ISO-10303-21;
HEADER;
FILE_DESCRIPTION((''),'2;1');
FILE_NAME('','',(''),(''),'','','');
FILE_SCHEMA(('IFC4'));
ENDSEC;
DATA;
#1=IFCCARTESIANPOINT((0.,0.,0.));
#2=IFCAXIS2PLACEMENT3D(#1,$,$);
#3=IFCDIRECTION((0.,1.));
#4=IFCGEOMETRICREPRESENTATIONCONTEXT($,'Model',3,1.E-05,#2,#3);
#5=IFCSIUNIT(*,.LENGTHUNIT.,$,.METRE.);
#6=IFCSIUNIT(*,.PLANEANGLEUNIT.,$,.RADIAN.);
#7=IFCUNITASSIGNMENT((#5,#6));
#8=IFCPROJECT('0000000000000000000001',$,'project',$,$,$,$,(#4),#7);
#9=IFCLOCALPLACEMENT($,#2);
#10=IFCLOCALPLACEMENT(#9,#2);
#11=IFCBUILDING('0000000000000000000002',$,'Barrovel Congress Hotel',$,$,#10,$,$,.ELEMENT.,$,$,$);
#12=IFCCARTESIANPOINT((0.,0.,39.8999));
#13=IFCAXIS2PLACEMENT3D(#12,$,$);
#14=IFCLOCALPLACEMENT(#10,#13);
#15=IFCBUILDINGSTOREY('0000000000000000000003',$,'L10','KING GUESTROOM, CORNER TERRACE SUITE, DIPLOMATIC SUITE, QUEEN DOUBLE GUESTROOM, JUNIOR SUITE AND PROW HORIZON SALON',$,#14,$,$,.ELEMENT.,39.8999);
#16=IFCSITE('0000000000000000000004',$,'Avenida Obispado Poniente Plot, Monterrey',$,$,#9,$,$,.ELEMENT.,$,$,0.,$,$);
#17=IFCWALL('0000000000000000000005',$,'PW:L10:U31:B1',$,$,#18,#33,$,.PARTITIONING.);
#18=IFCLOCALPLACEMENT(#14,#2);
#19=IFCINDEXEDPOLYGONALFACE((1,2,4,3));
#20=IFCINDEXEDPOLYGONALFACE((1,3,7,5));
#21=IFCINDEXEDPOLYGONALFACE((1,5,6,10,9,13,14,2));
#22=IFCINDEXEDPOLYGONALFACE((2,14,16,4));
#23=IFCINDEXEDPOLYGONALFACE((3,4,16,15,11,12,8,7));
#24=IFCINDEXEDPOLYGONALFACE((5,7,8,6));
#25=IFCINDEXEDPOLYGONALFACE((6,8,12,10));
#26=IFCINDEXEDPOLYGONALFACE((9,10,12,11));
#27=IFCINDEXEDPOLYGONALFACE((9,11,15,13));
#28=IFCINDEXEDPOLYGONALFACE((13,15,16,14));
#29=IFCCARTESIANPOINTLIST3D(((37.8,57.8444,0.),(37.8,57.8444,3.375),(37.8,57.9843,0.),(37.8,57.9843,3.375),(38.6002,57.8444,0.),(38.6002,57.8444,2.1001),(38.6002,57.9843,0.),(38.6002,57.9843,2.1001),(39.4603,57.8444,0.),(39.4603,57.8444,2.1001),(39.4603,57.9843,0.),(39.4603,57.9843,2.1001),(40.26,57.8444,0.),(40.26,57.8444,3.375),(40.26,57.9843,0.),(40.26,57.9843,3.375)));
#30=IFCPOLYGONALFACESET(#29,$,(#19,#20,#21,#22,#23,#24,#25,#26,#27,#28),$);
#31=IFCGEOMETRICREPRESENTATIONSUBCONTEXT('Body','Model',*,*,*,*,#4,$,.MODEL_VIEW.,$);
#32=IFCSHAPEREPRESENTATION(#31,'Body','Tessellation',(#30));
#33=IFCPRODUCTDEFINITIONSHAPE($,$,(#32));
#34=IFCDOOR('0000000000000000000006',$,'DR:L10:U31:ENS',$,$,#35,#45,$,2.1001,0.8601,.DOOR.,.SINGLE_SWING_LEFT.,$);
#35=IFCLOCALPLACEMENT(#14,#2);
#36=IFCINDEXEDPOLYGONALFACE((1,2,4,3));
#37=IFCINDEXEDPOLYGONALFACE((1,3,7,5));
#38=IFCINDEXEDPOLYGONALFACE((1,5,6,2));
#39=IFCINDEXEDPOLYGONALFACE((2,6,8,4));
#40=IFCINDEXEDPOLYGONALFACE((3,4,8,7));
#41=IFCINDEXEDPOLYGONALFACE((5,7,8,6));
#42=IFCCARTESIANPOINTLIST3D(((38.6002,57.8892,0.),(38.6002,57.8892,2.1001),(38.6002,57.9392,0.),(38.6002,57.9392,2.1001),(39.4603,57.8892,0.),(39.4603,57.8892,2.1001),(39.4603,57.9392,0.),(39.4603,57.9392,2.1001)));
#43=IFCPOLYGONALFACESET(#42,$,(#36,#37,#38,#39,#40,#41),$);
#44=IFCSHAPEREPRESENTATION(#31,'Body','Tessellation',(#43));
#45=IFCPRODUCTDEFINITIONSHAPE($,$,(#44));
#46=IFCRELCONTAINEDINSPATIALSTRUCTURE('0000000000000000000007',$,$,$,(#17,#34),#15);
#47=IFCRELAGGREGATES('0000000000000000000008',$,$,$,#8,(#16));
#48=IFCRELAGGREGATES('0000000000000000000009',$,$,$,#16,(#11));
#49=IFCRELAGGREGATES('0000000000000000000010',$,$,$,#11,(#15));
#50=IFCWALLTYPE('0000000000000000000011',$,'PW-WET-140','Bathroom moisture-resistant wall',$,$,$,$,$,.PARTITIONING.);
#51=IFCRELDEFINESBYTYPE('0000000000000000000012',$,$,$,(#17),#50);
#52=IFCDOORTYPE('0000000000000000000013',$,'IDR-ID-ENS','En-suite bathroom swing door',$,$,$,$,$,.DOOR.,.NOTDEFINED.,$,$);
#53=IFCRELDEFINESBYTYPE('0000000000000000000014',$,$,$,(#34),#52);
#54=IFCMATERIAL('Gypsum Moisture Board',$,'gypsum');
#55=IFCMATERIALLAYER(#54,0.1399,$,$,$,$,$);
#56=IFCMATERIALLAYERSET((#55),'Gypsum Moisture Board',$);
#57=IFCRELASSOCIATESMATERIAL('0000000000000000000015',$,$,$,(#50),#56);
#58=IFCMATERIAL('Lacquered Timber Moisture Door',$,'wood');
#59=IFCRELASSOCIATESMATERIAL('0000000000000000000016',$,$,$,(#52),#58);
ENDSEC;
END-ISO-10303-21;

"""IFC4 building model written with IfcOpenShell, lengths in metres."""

from ifc_helpers import new_model, si_unit, direction, frame, frame_2d, origin, place, context, subcontext, project, spatial, rectangle, extrude, material, layer, layer_set, type_object, element, fill, save


model = new_model("IFC4")

# Units and contexts
model_context = context("Model", 3, precision=1e-05, world=origin(), true_north=direction((0.0, 1.0)))
body_context = subcontext(model_context, "Body", "Model", "MODEL_VIEW")
ifc_project = project(units=[si_unit("LENGTHUNIT", "METRE"), si_unit("PLANEANGLEUNIT", "RADIAN")], contexts=[model_context])

# Site, building, storey
site_placement = place(None, origin())
site = spatial("IfcSite", under=ifc_project, at=site_placement, Name="Avenida Obispado Poniente Plot, Monterrey", CompositionType="ELEMENT", RefElevation=0.0)
building_placement = place(site_placement, origin())
building = spatial("IfcBuilding", under=site, at=building_placement, Name="Barrovel Congress Hotel", CompositionType="ELEMENT")
storey_placement = place(building_placement, frame((0.0, 0.0, 39.8999)))
storey = spatial("IfcBuildingStorey", under=building, at=storey_placement, Name="L10", Description="KING GUESTROOM, CORNER TERRACE SUITE, DIPLOMATIC SUITE, QUEEN DOUBLE GUESTROOM, JUNIOR SUITE AND PROW HORIZON SALON", CompositionType="ELEMENT", Elevation=39.8999)

# Wall, opening, door
ifc_material_1 = material(Name="Gypsum Moisture Board", Category="gypsum")
ifc_layer_1 = layer(ifc_material_1, 0.1399)
ifc_layer_set_1 = layer_set([ifc_layer_1], Name="Gypsum Moisture Board")
wall_type_1 = type_object("IfcWallType", Name="PW-WET-140", Description="Bathroom moisture-resistant wall", PredefinedType="PARTITIONING", material=ifc_layer_set_1)
wall_1_placement = place(storey_placement, frame((37.8, 57.9143, 0.0), z_axis=(0.0, 0.0, 1.0), x_axis=(1.0, 0.0, 0.0)))
wall_1 = element("IfcWall", 1, at=wall_1_placement, inside=storey, type_object=wall_type_1, Name="PW:L10:U31:B1", PredefinedType="PARTITIONING", context=body_context, shape_type="SweptSolid", body=[
    extrude(rectangle(XDim=2.46, YDim=0.1399, at=frame_2d((1.23, 0.0))), origin(), (0.0, 0.0, 1.0), 3.375),
])
opening_1_placement = place(wall_1_placement, frame((0.8, 0.0, 0.0)))
opening_1 = element("IfcOpeningElement", 2, at=opening_1_placement, cuts=wall_1, PredefinedType="OPENING", context=body_context, shape_type="SweptSolid", body=[
    extrude(rectangle(XDim=0.8601, YDim=2.1001, at=frame_2d((0.4302, 1.05))), frame((0.0, 0.0801, 0.0), z_axis=(0.0, -1.0, 0.0), x_axis=(1.0, 0.0, 0.0)), (0.0, 0.0, 1.0), 0.1599),
])
ifc_material_2 = material(Name="Lacquered Timber Moisture Door", Category="wood")
door_type_1 = type_object("IfcDoorType", Name="IDR-ID-ENS", Description="En-suite bathroom swing door", OperationType="NOTDEFINED", PredefinedType="DOOR", material=ifc_material_2)
door_1_placement = place(opening_1_placement, origin())
door_1 = element("IfcDoor", 3, at=door_1_placement, inside=storey, type_object=door_type_1, Name="DR:L10:U31:ENS", OperationType="SINGLE_SWING_LEFT", OverallHeight=2.1001, OverallWidth=0.8601, PredefinedType="DOOR", context=body_context, shape_type="SweptSolid", body=[
    extrude(rectangle(XDim=0.8601, YDim=2.1001, at=frame_2d((0.4302, 1.05))), frame((0.0, 0.0249, 0.0), z_axis=(0.0, -1.0, 0.0), x_axis=(1.0, 0.0, 0.0)), (0.0, 0.0, 1.0), 0.05),
])
fill(opening_1, door_1)

save(model, "model.ifc")
